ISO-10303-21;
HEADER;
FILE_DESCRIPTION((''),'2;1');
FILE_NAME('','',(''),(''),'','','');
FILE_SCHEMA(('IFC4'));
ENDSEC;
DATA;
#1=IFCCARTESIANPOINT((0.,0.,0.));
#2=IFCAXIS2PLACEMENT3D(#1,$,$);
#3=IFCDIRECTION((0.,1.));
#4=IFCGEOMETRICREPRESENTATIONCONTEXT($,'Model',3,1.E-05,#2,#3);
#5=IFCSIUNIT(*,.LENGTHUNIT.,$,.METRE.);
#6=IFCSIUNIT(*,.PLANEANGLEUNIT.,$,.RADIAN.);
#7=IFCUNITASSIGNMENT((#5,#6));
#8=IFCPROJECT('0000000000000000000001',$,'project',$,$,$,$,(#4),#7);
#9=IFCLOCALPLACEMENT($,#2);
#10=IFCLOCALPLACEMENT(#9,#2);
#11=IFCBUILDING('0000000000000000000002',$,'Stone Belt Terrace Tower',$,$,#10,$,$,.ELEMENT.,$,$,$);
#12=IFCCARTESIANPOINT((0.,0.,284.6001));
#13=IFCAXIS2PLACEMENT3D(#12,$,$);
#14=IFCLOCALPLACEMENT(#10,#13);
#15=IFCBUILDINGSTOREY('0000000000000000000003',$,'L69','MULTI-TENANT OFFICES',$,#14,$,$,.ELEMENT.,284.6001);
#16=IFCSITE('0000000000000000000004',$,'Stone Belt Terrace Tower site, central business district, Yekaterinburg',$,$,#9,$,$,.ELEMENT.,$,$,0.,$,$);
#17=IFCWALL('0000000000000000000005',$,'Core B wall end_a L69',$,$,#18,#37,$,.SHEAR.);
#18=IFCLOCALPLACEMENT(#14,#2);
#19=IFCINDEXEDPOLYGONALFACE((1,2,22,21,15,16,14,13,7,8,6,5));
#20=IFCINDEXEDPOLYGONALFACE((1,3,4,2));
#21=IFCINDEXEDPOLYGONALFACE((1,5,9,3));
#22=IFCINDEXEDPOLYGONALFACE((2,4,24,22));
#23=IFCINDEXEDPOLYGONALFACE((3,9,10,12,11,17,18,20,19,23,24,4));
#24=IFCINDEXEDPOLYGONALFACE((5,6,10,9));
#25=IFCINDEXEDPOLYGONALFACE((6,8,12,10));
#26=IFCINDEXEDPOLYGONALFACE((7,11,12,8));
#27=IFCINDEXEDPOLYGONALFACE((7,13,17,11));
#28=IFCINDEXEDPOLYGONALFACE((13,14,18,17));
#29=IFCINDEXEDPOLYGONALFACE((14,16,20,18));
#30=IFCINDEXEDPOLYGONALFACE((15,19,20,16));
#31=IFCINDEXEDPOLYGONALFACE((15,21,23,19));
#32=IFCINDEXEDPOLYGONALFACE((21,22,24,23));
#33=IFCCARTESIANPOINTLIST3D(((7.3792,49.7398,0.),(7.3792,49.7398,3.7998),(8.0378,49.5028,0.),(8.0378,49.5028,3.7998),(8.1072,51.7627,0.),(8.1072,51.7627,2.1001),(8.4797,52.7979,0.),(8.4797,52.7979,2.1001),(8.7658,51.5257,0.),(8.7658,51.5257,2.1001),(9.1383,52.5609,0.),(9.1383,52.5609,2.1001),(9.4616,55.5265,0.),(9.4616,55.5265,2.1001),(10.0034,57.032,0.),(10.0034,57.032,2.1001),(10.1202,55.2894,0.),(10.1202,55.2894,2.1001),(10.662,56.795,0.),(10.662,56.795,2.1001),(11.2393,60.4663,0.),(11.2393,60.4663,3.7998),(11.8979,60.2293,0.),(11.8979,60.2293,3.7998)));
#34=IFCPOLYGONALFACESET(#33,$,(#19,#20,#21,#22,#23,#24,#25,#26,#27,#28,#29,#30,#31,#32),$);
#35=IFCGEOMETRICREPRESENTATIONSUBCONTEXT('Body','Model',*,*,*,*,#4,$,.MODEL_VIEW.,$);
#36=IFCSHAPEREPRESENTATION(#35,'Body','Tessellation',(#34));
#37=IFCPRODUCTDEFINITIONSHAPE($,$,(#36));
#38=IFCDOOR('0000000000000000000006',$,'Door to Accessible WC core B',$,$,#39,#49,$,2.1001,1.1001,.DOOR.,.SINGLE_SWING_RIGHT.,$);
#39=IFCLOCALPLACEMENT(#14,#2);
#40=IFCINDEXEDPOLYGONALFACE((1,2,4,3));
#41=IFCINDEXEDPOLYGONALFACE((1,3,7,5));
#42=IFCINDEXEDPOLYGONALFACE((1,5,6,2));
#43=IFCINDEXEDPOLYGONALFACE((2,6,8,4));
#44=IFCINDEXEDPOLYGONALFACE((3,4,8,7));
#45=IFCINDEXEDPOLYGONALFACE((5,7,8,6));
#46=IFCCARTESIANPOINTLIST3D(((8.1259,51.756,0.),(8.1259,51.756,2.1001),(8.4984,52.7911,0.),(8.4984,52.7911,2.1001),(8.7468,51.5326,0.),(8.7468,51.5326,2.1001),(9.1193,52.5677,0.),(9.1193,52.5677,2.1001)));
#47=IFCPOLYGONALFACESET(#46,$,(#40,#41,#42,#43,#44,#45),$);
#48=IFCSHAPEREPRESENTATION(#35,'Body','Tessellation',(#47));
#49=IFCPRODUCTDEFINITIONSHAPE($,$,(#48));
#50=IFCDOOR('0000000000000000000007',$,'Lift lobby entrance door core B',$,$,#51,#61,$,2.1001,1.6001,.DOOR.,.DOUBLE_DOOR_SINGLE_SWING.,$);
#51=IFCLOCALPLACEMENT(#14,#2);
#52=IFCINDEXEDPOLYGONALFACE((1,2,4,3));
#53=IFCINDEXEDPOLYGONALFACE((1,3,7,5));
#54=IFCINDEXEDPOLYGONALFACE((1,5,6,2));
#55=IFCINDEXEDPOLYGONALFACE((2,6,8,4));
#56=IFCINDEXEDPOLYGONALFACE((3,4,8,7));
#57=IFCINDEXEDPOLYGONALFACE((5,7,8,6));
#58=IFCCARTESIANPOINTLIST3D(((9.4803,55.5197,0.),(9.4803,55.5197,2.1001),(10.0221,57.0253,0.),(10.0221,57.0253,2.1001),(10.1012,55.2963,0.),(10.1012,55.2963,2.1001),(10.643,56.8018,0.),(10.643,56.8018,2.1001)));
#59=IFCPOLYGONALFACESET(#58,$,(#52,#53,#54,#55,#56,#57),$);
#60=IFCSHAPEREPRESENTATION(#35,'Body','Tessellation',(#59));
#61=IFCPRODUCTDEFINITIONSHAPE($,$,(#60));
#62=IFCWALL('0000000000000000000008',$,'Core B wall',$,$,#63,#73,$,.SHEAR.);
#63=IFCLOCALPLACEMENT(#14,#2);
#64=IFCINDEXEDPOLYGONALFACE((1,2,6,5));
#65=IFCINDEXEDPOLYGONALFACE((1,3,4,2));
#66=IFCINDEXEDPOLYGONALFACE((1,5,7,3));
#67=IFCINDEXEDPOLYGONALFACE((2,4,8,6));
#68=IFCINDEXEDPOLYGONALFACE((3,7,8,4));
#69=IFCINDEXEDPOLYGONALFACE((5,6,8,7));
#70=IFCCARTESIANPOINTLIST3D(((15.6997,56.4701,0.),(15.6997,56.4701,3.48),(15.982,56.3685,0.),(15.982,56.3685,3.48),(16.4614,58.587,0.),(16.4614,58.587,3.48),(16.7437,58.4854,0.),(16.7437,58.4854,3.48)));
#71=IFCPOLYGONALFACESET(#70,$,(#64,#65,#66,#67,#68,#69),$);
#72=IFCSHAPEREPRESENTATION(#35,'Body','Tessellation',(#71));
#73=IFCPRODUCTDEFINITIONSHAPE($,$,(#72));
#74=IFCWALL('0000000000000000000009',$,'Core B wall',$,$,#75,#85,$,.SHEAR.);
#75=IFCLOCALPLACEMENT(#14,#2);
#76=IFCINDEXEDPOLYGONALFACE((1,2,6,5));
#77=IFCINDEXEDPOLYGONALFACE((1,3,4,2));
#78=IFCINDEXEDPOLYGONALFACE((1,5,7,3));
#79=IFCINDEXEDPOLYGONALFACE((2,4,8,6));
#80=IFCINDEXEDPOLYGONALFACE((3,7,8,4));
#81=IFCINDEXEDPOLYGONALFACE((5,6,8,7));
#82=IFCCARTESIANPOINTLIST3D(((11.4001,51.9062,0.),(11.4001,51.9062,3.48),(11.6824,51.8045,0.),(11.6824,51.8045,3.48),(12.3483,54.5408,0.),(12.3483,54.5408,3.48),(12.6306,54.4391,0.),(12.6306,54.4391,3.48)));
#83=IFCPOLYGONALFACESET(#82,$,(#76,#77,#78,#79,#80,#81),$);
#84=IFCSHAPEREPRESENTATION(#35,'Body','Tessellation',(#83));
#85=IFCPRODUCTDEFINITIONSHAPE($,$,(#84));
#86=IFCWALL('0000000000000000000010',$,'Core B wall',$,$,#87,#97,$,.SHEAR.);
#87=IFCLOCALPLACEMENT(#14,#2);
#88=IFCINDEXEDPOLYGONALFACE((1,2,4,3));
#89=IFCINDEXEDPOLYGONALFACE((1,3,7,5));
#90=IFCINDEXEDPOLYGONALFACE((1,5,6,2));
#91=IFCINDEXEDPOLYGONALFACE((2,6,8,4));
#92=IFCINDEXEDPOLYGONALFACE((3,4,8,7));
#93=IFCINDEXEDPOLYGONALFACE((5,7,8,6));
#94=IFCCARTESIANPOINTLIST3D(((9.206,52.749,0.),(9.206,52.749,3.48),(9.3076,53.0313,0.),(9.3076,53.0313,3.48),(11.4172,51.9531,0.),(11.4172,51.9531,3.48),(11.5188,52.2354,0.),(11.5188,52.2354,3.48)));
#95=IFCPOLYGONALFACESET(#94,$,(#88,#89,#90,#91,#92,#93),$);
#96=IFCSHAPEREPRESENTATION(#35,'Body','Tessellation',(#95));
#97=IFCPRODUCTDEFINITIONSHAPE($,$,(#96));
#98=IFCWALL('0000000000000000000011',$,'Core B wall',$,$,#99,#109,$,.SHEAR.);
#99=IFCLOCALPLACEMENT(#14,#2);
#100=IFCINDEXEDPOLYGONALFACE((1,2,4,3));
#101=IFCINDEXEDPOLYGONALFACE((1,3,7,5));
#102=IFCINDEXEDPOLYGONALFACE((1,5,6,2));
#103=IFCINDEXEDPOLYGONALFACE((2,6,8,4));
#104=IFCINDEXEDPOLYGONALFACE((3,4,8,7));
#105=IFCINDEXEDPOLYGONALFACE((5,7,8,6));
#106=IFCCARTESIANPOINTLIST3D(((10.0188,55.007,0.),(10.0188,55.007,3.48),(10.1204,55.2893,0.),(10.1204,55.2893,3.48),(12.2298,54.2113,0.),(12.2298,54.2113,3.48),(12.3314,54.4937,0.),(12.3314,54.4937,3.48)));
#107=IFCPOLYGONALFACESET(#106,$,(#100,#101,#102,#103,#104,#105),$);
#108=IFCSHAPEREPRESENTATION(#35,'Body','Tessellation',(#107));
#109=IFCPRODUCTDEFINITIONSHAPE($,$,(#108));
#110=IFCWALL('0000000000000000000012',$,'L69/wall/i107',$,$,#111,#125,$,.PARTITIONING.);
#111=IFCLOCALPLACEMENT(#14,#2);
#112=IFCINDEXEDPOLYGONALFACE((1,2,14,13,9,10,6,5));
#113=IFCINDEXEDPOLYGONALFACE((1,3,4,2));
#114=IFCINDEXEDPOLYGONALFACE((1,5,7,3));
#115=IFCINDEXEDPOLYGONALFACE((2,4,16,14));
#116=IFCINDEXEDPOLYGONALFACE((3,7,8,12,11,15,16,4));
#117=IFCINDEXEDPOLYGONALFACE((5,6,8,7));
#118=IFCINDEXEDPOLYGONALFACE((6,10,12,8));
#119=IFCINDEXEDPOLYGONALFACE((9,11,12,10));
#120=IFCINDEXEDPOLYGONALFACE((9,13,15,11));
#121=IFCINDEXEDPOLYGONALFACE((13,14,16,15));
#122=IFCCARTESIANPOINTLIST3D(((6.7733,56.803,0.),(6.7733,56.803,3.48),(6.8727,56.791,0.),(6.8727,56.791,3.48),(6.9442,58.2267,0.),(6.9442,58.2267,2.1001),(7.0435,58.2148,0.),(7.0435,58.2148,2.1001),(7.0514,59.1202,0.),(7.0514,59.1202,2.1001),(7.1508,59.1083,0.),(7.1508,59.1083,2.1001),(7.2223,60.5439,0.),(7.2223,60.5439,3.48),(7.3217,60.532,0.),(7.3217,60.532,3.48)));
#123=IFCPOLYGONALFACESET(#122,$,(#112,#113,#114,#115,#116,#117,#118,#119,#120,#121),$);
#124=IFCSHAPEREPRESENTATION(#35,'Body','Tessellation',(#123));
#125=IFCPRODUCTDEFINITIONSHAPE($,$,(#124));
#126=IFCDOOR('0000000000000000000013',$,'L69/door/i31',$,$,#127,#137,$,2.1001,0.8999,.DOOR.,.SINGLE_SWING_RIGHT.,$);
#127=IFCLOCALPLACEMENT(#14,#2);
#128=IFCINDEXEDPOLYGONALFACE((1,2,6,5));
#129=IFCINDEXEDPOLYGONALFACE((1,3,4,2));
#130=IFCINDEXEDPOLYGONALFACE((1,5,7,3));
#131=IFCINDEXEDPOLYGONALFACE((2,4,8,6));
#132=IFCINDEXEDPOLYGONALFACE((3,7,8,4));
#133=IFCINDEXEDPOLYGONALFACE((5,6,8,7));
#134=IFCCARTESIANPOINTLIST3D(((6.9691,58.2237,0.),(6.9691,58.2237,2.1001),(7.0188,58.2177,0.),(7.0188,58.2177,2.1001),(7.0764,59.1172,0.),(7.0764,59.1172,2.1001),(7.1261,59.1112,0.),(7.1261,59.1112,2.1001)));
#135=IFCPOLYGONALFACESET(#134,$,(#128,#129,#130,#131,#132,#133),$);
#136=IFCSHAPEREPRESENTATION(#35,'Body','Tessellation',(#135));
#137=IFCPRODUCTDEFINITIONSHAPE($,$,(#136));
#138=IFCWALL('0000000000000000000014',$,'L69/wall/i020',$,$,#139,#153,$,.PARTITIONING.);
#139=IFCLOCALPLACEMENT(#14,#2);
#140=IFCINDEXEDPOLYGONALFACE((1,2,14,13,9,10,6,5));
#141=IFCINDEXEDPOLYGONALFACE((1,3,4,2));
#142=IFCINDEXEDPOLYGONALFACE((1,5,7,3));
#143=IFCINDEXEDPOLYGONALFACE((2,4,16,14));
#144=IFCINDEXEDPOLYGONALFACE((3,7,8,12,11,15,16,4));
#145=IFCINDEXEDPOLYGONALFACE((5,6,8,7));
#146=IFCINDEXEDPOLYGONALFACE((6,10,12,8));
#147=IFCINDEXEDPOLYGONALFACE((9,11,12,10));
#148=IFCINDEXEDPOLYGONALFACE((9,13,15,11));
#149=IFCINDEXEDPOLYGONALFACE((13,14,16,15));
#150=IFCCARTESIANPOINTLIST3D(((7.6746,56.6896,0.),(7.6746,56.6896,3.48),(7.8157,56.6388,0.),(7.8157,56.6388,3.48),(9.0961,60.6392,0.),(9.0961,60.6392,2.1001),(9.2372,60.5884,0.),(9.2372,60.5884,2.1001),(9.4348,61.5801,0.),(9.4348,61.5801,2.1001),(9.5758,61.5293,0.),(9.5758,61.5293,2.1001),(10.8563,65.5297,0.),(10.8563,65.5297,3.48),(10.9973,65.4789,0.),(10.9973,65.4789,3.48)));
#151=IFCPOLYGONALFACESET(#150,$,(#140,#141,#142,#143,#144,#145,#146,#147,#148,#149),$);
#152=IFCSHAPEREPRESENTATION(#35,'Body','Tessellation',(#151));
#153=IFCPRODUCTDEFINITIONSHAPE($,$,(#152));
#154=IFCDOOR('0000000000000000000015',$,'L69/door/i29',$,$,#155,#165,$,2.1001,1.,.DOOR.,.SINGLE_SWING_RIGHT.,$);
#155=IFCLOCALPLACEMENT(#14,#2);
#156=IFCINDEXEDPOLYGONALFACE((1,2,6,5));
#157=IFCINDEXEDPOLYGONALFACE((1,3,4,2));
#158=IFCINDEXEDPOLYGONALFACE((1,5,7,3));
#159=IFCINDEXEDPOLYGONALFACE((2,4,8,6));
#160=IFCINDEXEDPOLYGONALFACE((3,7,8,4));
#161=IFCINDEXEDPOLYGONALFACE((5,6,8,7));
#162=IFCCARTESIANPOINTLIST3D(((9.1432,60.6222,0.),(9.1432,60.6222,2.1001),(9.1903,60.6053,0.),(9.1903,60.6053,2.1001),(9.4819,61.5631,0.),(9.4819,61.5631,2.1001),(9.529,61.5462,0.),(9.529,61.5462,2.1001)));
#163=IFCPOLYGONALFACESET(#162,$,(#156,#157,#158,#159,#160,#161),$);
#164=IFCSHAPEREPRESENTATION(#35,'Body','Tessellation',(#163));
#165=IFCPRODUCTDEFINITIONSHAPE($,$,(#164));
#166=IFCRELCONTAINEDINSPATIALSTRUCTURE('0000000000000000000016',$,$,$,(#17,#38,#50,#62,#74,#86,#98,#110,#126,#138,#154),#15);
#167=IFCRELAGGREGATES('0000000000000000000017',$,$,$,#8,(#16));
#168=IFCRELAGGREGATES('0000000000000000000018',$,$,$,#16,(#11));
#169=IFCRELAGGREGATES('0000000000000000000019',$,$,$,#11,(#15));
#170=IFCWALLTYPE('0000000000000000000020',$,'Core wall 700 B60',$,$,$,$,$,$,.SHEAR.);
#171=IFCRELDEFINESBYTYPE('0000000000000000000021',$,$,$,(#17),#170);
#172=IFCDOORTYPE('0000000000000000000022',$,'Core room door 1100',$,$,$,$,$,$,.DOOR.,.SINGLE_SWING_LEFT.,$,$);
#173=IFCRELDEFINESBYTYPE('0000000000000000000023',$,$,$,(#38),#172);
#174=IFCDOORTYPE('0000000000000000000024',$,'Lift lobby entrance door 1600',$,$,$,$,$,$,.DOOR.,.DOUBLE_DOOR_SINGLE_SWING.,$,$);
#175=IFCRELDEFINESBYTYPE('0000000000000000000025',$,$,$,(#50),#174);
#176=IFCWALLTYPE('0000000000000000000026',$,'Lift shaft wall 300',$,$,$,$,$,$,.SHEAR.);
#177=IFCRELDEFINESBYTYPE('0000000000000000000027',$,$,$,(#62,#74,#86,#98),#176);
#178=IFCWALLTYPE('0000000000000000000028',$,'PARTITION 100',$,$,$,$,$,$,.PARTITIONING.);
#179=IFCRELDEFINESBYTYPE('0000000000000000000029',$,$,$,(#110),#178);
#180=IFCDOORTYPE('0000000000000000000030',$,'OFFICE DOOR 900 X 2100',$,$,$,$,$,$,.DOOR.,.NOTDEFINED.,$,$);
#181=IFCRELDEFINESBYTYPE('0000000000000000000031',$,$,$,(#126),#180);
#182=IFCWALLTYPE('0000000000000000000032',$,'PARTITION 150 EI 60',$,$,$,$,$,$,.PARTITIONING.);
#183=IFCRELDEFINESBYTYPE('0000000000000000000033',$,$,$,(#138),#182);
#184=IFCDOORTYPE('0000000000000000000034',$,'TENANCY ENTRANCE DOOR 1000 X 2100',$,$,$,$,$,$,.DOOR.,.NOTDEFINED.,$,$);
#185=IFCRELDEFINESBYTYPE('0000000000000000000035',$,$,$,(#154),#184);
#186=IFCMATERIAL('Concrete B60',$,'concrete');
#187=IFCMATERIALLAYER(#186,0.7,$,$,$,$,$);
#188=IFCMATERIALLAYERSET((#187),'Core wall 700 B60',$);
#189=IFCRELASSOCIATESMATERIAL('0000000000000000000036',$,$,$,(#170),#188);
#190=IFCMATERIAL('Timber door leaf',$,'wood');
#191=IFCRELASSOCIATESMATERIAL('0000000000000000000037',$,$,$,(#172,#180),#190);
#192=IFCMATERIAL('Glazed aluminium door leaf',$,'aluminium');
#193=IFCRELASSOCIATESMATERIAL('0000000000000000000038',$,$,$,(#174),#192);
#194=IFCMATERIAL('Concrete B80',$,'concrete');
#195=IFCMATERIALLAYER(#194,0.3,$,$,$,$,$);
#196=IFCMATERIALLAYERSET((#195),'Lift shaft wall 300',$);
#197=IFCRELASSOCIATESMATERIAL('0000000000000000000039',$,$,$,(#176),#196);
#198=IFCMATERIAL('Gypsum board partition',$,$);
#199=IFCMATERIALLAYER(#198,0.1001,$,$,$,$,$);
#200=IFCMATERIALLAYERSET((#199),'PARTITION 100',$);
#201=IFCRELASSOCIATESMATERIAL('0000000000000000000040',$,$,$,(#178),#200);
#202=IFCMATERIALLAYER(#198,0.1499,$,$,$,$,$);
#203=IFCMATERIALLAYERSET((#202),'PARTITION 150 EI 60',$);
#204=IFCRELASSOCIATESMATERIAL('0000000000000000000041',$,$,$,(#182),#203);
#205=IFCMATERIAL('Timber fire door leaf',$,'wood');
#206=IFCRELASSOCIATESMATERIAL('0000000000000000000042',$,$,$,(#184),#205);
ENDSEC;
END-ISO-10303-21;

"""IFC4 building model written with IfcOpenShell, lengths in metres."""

from ifc_helpers import new_model, si_unit, direction, frame, frame_2d, origin, place, context, subcontext, project, spatial, rectangle, extrude, material, layer, layer_set, type_object, element, fill, save


model = new_model("IFC4")

# Units and contexts
model_context = context("Model", 3, precision=1e-05, world=origin(), true_north=direction((0.0, 1.0)))
body_context = subcontext(model_context, "Body", "Model", "MODEL_VIEW")
ifc_project = project(units=[si_unit("LENGTHUNIT", "METRE"), si_unit("PLANEANGLEUNIT", "RADIAN")], contexts=[model_context])

# Site, building, storey
site_placement = place(None, origin())
site = spatial("IfcSite", under=ifc_project, at=site_placement, Name="Stone Belt Terrace Tower site, central business district, Yekaterinburg", CompositionType="ELEMENT", RefElevation=0.0)
building_placement = place(site_placement, origin())
building = spatial("IfcBuilding", under=site, at=building_placement, Name="Stone Belt Terrace Tower", CompositionType="ELEMENT")
storey_placement = place(building_placement, frame((0.0, 0.0, 284.6001)))
storey = spatial("IfcBuildingStorey", under=building, at=storey_placement, Name="L69", Description="MULTI-TENANT OFFICES", CompositionType="ELEMENT", Elevation=284.6001)

# Shared definitions
ifc_material_1 = material(Name="Concrete B60", Category="concrete")

# Shared definitions
ifc_material_2 = material(Name="Timber door leaf", Category="wood")

# Wall, openings, doors
ifc_layer_1 = layer(ifc_material_1, 0.7)
ifc_layer_set_1 = layer_set([ifc_layer_1], Name="Core wall 700 B60")
wall_type_1 = type_object("IfcWallType", Name="Core wall 700 B60", PredefinedType="SHEAR", material=ifc_layer_set_1)
door_type_1 = type_object("IfcDoorType", Name="Core room door 1100", OperationType="SINGLE_SWING_LEFT", PredefinedType="DOOR", material=ifc_material_2)
wall_1_placement = place(storey_placement, frame((7.7085, 49.6213, 0.0), z_axis=(0.0, 0.0, 1.0), x_axis=(0.338606, 0.940928, 0.0)))
wall_1 = element("IfcWall", 1, at=wall_1_placement, inside=storey, type_object=wall_type_1, Name="Core B wall end_a L69", PredefinedType="SHEAR", context=body_context, shape_type="SweptSolid", body=[
    extrude(rectangle(XDim=11.3999, YDim=0.7, at=frame_2d((5.7, 0.0))), origin(), (0.0, 0.0, 1.0), 3.7998),
])
opening_1_placement = place(wall_1_placement, frame((6.1499, 0.0, 0.0)))
opening_1 = element("IfcOpeningElement", 2, at=opening_1_placement, cuts=wall_1, PredefinedType="OPENING", context=body_context, shape_type="SweptSolid", body=[
    extrude(rectangle(XDim=1.6001, YDim=2.1001, at=frame_2d((0.8, 1.05))), frame((0.0, 0.3599, 0.0), z_axis=(0.0, -1.0, 0.0), x_axis=(1.0, 0.0, 0.0)), (0.0, 0.0, 1.0), 0.72),
])
opening_2_placement = place(wall_1_placement, frame((2.1499, 0.0, 0.0)))
opening_2 = element("IfcOpeningElement", 3, at=opening_2_placement, cuts=wall_1, PredefinedType="OPENING", context=body_context, shape_type="SweptSolid", body=[
    extrude(rectangle(XDim=1.1001, YDim=2.1001, at=frame_2d((0.55, 1.05))), frame((0.0, 0.3599, 0.0), z_axis=(0.0, -1.0, 0.0), x_axis=(1.0, 0.0, 0.0)), (0.0, 0.0, 1.0), 0.72),
])
door_1_placement = place(opening_2_placement, origin())
door_1 = element("IfcDoor", 4, at=door_1_placement, inside=storey, type_object=door_type_1, Name="Door to Accessible WC core B", OperationType="SINGLE_SWING_RIGHT", OverallHeight=2.1001, OverallWidth=1.1001, PredefinedType="DOOR", context=body_context, shape_type="SweptSolid", body=[
    extrude(rectangle(XDim=1.1001, YDim=2.1001, at=frame_2d((0.55, 1.05))), frame((0.0, 0.3301, 0.0), z_axis=(0.0, -1.0, 0.0), x_axis=(1.0, 0.0, 0.0)), (0.0, 0.0, 1.0), 0.6599),
])
fill(opening_2, door_1)
ifc_material_3 = material(Name="Glazed aluminium door leaf", Category="aluminium")
door_type_2 = type_object("IfcDoorType", Name="Lift lobby entrance door 1600", OperationType="DOUBLE_DOOR_SINGLE_SWING", PredefinedType="DOOR", material=ifc_material_3)
door_2_placement = place(opening_1_placement, origin())
door_2 = element("IfcDoor", 5, at=door_2_placement, inside=storey, type_object=door_type_2, Name="Lift lobby entrance door core B", OperationType="DOUBLE_DOOR_SINGLE_SWING", OverallHeight=2.1001, OverallWidth=1.6001, PredefinedType="DOOR", context=body_context, shape_type="SweptSolid", body=[
    extrude(rectangle(XDim=1.6001, YDim=2.1001, at=frame_2d((0.8, 1.05))), frame((0.0, 0.3301, 0.0), z_axis=(0.0, -1.0, 0.0), x_axis=(1.0, 0.0, 0.0)), (0.0, 0.0, 1.0), 0.6599),
])
fill(opening_1, door_2)

# Walls
ifc_material_4 = material(Name="Concrete B80", Category="concrete")
ifc_layer_2 = layer(ifc_material_4, 0.3)
ifc_layer_set_2 = layer_set([ifc_layer_2], Name="Lift shaft wall 300")
wall_type_2 = type_object("IfcWallType", Name="Lift shaft wall 300", PredefinedType="SHEAR", material=ifc_layer_set_2)
wall_2_placement = place(storey_placement, frame((15.8408, 56.4192, 0.0), z_axis=(0.0, 0.0, 1.0), x_axis=(0.33857, 0.940941, 0.0)))
element("IfcWall", 6, at=wall_2_placement, inside=storey, type_object=wall_type_2, Name="Core B wall", PredefinedType="SHEAR", context=body_context, shape_type="SweptSolid", body=[
    extrude(rectangle(XDim=2.2498, YDim=0.3, at=frame_2d((1.125, 0.0))), origin(), (0.0, 0.0, 1.0), 3.48),
])
wall_3_placement = place(storey_placement, frame((11.5413, 51.8555, 0.0), z_axis=(0.0, 0.0, 1.0), x_axis=(0.338661, 0.940909, 0.0)))
element("IfcWall", 7, at=wall_3_placement, inside=storey, type_object=wall_type_2, Name="Core B wall", PredefinedType="SHEAR", context=body_context, shape_type="SweptSolid", body=[
    extrude(rectangle(XDim=2.8, YDim=0.3, at=frame_2d((1.3999, 0.0))), origin(), (0.0, 0.0, 1.0), 3.48),
])
wall_4_placement = place(storey_placement, frame((11.468, 52.0942, 0.0), z_axis=(0.0, 0.0, 1.0), x_axis=(-0.940905, 0.338672, 0.0)))
element("IfcWall", 8, at=wall_4_placement, inside=storey, type_object=wall_type_2, Name="Core B wall", PredefinedType="SHEAR", context=body_context, shape_type="SweptSolid", body=[
    extrude(rectangle(XDim=2.3501, YDim=0.3, at=frame_2d((1.175, 0.0))), origin(), (0.0, 0.0, 1.0), 3.48),
])
wall_5_placement = place(storey_placement, frame((12.2805, 54.3525, 0.0), z_axis=(0.0, 0.0, 1.0), x_axis=(-0.940926, 0.338613, 0.0)))
element("IfcWall", 9, at=wall_5_placement, inside=storey, type_object=wall_type_2, Name="Core B wall", PredefinedType="SHEAR", context=body_context, shape_type="SweptSolid", body=[
    extrude(rectangle(XDim=2.3499, YDim=0.3, at=frame_2d((1.1748, 0.0))), origin(), (0.0, 0.0, 1.0), 3.48),
])

# Walls, openings, doors
ifc_material_5 = material(Name="Gypsum board partition")
ifc_layer_3 = layer(ifc_material_5, 0.1001)
ifc_layer_set_3 = layer_set([ifc_layer_3], Name="PARTITION 100")
wall_type_3 = type_object("IfcWallType", Name="PARTITION 100", PredefinedType="PARTITIONING", material=ifc_layer_set_3)
wall_6_placement = place(storey_placement, frame((6.823, 56.7971, 0.0), z_axis=(0.0, 0.0, 1.0), x_axis=(0.119161, 0.992875, 0.0)))
wall_6 = element("IfcWall", 10, at=wall_6_placement, inside=storey, type_object=wall_type_3, Name="L69/wall/i107", PredefinedType="PARTITIONING", context=body_context, shape_type="SweptSolid", body=[
    extrude(rectangle(XDim=3.7678, YDim=0.1001, at=frame_2d((1.8838, 0.0))), origin(), (0.0, 0.0, 1.0), 3.48),
])
opening_3_placement = place(wall_6_placement, frame((1.4338, 0.0, 0.0)))
opening_3 = element("IfcOpeningElement", 11, at=opening_3_placement, cuts=wall_6, PredefinedType="OPENING", context=body_context, shape_type="SweptSolid", body=[
    extrude(rectangle(XDim=0.8999, YDim=2.1001, at=frame_2d((0.45, 1.05))), frame((0.0, 0.0601, 0.0), z_axis=(0.0, -1.0, 0.0), x_axis=(1.0, 0.0, 0.0)), (0.0, 0.0, 1.0), 0.1201),
])
door_type_3 = type_object("IfcDoorType", Name="OFFICE DOOR 900 X 2100", OperationType="NOTDEFINED", PredefinedType="DOOR", material=ifc_material_2)
door_3_placement = place(opening_3_placement, origin())
door_3 = element("IfcDoor", 12, at=door_3_placement, inside=storey, type_object=door_type_3, Name="L69/door/i31", OperationType="SINGLE_SWING_RIGHT", OverallHeight=2.1001, OverallWidth=0.8999, PredefinedType="DOOR", context=body_context, shape_type="SweptSolid", body=[
    extrude(rectangle(XDim=0.8999, YDim=2.1001, at=frame_2d((0.45, 1.05))), frame((0.0, 0.0249, 0.0), z_axis=(0.0, -1.0, 0.0), x_axis=(1.0, 0.0, 0.0)), (0.0, 0.0, 1.0), 0.05),
])
fill(opening_3, door_3)
ifc_layer_4 = layer(ifc_material_5, 0.1499)
ifc_layer_set_4 = layer_set([ifc_layer_4], Name="PARTITION 150 EI 60")
wall_type_4 = type_object("IfcWallType", Name="PARTITION 150 EI 60", PredefinedType="PARTITIONING", material=ifc_layer_set_4)
wall_7_placement = place(storey_placement, frame((7.7451, 56.6641, 0.0), z_axis=(0.0, 0.0, 1.0), x_axis=(0.338645, 0.940914, 0.0)))
wall_7 = element("IfcWall", 13, at=wall_7_placement, inside=storey, type_object=wall_type_4, Name="L69/wall/i020", PredefinedType="PARTITIONING", context=body_context, shape_type="SweptSolid", body=[
    extrude(rectangle(XDim=9.3953, YDim=0.1499, at=frame_2d((4.6978, 0.0))), origin(), (0.0, 0.0, 1.0), 3.48),
])
opening_4_placement = place(wall_7_placement, frame((4.1978, 0.0, 0.0)))
opening_4 = element("IfcOpeningElement", 14, at=opening_4_placement, cuts=wall_7, PredefinedType="OPENING", context=body_context, shape_type="SweptSolid", body=[
    extrude(rectangle(XDim=1.0, YDim=2.1001, at=frame_2d((0.5, 1.05))), frame((0.0, 0.085, 0.0), z_axis=(0.0, -1.0, 0.0), x_axis=(1.0, 0.0, 0.0)), (0.0, 0.0, 1.0), 0.1699),
])
ifc_material_6 = material(Name="Timber fire door leaf", Category="wood")
door_type_4 = type_object("IfcDoorType", Name="TENANCY ENTRANCE DOOR 1000 X 2100", OperationType="NOTDEFINED", PredefinedType="DOOR", material=ifc_material_6)
door_4_placement = place(opening_4_placement, origin())
door_4 = element("IfcDoor", 15, at=door_4_placement, inside=storey, type_object=door_type_4, Name="L69/door/i29", OperationType="SINGLE_SWING_RIGHT", OverallHeight=2.1001, OverallWidth=1.0, PredefinedType="DOOR", context=body_context, shape_type="SweptSolid", body=[
    extrude(rectangle(XDim=1.0, YDim=2.1001, at=frame_2d((0.5, 1.05))), frame((0.0, 0.0249, 0.0), z_axis=(0.0, -1.0, 0.0), x_axis=(1.0, 0.0, 0.0)), (0.0, 0.0, 1.0), 0.05),
])
fill(opening_4, door_4)

save(model, "model.ifc")
